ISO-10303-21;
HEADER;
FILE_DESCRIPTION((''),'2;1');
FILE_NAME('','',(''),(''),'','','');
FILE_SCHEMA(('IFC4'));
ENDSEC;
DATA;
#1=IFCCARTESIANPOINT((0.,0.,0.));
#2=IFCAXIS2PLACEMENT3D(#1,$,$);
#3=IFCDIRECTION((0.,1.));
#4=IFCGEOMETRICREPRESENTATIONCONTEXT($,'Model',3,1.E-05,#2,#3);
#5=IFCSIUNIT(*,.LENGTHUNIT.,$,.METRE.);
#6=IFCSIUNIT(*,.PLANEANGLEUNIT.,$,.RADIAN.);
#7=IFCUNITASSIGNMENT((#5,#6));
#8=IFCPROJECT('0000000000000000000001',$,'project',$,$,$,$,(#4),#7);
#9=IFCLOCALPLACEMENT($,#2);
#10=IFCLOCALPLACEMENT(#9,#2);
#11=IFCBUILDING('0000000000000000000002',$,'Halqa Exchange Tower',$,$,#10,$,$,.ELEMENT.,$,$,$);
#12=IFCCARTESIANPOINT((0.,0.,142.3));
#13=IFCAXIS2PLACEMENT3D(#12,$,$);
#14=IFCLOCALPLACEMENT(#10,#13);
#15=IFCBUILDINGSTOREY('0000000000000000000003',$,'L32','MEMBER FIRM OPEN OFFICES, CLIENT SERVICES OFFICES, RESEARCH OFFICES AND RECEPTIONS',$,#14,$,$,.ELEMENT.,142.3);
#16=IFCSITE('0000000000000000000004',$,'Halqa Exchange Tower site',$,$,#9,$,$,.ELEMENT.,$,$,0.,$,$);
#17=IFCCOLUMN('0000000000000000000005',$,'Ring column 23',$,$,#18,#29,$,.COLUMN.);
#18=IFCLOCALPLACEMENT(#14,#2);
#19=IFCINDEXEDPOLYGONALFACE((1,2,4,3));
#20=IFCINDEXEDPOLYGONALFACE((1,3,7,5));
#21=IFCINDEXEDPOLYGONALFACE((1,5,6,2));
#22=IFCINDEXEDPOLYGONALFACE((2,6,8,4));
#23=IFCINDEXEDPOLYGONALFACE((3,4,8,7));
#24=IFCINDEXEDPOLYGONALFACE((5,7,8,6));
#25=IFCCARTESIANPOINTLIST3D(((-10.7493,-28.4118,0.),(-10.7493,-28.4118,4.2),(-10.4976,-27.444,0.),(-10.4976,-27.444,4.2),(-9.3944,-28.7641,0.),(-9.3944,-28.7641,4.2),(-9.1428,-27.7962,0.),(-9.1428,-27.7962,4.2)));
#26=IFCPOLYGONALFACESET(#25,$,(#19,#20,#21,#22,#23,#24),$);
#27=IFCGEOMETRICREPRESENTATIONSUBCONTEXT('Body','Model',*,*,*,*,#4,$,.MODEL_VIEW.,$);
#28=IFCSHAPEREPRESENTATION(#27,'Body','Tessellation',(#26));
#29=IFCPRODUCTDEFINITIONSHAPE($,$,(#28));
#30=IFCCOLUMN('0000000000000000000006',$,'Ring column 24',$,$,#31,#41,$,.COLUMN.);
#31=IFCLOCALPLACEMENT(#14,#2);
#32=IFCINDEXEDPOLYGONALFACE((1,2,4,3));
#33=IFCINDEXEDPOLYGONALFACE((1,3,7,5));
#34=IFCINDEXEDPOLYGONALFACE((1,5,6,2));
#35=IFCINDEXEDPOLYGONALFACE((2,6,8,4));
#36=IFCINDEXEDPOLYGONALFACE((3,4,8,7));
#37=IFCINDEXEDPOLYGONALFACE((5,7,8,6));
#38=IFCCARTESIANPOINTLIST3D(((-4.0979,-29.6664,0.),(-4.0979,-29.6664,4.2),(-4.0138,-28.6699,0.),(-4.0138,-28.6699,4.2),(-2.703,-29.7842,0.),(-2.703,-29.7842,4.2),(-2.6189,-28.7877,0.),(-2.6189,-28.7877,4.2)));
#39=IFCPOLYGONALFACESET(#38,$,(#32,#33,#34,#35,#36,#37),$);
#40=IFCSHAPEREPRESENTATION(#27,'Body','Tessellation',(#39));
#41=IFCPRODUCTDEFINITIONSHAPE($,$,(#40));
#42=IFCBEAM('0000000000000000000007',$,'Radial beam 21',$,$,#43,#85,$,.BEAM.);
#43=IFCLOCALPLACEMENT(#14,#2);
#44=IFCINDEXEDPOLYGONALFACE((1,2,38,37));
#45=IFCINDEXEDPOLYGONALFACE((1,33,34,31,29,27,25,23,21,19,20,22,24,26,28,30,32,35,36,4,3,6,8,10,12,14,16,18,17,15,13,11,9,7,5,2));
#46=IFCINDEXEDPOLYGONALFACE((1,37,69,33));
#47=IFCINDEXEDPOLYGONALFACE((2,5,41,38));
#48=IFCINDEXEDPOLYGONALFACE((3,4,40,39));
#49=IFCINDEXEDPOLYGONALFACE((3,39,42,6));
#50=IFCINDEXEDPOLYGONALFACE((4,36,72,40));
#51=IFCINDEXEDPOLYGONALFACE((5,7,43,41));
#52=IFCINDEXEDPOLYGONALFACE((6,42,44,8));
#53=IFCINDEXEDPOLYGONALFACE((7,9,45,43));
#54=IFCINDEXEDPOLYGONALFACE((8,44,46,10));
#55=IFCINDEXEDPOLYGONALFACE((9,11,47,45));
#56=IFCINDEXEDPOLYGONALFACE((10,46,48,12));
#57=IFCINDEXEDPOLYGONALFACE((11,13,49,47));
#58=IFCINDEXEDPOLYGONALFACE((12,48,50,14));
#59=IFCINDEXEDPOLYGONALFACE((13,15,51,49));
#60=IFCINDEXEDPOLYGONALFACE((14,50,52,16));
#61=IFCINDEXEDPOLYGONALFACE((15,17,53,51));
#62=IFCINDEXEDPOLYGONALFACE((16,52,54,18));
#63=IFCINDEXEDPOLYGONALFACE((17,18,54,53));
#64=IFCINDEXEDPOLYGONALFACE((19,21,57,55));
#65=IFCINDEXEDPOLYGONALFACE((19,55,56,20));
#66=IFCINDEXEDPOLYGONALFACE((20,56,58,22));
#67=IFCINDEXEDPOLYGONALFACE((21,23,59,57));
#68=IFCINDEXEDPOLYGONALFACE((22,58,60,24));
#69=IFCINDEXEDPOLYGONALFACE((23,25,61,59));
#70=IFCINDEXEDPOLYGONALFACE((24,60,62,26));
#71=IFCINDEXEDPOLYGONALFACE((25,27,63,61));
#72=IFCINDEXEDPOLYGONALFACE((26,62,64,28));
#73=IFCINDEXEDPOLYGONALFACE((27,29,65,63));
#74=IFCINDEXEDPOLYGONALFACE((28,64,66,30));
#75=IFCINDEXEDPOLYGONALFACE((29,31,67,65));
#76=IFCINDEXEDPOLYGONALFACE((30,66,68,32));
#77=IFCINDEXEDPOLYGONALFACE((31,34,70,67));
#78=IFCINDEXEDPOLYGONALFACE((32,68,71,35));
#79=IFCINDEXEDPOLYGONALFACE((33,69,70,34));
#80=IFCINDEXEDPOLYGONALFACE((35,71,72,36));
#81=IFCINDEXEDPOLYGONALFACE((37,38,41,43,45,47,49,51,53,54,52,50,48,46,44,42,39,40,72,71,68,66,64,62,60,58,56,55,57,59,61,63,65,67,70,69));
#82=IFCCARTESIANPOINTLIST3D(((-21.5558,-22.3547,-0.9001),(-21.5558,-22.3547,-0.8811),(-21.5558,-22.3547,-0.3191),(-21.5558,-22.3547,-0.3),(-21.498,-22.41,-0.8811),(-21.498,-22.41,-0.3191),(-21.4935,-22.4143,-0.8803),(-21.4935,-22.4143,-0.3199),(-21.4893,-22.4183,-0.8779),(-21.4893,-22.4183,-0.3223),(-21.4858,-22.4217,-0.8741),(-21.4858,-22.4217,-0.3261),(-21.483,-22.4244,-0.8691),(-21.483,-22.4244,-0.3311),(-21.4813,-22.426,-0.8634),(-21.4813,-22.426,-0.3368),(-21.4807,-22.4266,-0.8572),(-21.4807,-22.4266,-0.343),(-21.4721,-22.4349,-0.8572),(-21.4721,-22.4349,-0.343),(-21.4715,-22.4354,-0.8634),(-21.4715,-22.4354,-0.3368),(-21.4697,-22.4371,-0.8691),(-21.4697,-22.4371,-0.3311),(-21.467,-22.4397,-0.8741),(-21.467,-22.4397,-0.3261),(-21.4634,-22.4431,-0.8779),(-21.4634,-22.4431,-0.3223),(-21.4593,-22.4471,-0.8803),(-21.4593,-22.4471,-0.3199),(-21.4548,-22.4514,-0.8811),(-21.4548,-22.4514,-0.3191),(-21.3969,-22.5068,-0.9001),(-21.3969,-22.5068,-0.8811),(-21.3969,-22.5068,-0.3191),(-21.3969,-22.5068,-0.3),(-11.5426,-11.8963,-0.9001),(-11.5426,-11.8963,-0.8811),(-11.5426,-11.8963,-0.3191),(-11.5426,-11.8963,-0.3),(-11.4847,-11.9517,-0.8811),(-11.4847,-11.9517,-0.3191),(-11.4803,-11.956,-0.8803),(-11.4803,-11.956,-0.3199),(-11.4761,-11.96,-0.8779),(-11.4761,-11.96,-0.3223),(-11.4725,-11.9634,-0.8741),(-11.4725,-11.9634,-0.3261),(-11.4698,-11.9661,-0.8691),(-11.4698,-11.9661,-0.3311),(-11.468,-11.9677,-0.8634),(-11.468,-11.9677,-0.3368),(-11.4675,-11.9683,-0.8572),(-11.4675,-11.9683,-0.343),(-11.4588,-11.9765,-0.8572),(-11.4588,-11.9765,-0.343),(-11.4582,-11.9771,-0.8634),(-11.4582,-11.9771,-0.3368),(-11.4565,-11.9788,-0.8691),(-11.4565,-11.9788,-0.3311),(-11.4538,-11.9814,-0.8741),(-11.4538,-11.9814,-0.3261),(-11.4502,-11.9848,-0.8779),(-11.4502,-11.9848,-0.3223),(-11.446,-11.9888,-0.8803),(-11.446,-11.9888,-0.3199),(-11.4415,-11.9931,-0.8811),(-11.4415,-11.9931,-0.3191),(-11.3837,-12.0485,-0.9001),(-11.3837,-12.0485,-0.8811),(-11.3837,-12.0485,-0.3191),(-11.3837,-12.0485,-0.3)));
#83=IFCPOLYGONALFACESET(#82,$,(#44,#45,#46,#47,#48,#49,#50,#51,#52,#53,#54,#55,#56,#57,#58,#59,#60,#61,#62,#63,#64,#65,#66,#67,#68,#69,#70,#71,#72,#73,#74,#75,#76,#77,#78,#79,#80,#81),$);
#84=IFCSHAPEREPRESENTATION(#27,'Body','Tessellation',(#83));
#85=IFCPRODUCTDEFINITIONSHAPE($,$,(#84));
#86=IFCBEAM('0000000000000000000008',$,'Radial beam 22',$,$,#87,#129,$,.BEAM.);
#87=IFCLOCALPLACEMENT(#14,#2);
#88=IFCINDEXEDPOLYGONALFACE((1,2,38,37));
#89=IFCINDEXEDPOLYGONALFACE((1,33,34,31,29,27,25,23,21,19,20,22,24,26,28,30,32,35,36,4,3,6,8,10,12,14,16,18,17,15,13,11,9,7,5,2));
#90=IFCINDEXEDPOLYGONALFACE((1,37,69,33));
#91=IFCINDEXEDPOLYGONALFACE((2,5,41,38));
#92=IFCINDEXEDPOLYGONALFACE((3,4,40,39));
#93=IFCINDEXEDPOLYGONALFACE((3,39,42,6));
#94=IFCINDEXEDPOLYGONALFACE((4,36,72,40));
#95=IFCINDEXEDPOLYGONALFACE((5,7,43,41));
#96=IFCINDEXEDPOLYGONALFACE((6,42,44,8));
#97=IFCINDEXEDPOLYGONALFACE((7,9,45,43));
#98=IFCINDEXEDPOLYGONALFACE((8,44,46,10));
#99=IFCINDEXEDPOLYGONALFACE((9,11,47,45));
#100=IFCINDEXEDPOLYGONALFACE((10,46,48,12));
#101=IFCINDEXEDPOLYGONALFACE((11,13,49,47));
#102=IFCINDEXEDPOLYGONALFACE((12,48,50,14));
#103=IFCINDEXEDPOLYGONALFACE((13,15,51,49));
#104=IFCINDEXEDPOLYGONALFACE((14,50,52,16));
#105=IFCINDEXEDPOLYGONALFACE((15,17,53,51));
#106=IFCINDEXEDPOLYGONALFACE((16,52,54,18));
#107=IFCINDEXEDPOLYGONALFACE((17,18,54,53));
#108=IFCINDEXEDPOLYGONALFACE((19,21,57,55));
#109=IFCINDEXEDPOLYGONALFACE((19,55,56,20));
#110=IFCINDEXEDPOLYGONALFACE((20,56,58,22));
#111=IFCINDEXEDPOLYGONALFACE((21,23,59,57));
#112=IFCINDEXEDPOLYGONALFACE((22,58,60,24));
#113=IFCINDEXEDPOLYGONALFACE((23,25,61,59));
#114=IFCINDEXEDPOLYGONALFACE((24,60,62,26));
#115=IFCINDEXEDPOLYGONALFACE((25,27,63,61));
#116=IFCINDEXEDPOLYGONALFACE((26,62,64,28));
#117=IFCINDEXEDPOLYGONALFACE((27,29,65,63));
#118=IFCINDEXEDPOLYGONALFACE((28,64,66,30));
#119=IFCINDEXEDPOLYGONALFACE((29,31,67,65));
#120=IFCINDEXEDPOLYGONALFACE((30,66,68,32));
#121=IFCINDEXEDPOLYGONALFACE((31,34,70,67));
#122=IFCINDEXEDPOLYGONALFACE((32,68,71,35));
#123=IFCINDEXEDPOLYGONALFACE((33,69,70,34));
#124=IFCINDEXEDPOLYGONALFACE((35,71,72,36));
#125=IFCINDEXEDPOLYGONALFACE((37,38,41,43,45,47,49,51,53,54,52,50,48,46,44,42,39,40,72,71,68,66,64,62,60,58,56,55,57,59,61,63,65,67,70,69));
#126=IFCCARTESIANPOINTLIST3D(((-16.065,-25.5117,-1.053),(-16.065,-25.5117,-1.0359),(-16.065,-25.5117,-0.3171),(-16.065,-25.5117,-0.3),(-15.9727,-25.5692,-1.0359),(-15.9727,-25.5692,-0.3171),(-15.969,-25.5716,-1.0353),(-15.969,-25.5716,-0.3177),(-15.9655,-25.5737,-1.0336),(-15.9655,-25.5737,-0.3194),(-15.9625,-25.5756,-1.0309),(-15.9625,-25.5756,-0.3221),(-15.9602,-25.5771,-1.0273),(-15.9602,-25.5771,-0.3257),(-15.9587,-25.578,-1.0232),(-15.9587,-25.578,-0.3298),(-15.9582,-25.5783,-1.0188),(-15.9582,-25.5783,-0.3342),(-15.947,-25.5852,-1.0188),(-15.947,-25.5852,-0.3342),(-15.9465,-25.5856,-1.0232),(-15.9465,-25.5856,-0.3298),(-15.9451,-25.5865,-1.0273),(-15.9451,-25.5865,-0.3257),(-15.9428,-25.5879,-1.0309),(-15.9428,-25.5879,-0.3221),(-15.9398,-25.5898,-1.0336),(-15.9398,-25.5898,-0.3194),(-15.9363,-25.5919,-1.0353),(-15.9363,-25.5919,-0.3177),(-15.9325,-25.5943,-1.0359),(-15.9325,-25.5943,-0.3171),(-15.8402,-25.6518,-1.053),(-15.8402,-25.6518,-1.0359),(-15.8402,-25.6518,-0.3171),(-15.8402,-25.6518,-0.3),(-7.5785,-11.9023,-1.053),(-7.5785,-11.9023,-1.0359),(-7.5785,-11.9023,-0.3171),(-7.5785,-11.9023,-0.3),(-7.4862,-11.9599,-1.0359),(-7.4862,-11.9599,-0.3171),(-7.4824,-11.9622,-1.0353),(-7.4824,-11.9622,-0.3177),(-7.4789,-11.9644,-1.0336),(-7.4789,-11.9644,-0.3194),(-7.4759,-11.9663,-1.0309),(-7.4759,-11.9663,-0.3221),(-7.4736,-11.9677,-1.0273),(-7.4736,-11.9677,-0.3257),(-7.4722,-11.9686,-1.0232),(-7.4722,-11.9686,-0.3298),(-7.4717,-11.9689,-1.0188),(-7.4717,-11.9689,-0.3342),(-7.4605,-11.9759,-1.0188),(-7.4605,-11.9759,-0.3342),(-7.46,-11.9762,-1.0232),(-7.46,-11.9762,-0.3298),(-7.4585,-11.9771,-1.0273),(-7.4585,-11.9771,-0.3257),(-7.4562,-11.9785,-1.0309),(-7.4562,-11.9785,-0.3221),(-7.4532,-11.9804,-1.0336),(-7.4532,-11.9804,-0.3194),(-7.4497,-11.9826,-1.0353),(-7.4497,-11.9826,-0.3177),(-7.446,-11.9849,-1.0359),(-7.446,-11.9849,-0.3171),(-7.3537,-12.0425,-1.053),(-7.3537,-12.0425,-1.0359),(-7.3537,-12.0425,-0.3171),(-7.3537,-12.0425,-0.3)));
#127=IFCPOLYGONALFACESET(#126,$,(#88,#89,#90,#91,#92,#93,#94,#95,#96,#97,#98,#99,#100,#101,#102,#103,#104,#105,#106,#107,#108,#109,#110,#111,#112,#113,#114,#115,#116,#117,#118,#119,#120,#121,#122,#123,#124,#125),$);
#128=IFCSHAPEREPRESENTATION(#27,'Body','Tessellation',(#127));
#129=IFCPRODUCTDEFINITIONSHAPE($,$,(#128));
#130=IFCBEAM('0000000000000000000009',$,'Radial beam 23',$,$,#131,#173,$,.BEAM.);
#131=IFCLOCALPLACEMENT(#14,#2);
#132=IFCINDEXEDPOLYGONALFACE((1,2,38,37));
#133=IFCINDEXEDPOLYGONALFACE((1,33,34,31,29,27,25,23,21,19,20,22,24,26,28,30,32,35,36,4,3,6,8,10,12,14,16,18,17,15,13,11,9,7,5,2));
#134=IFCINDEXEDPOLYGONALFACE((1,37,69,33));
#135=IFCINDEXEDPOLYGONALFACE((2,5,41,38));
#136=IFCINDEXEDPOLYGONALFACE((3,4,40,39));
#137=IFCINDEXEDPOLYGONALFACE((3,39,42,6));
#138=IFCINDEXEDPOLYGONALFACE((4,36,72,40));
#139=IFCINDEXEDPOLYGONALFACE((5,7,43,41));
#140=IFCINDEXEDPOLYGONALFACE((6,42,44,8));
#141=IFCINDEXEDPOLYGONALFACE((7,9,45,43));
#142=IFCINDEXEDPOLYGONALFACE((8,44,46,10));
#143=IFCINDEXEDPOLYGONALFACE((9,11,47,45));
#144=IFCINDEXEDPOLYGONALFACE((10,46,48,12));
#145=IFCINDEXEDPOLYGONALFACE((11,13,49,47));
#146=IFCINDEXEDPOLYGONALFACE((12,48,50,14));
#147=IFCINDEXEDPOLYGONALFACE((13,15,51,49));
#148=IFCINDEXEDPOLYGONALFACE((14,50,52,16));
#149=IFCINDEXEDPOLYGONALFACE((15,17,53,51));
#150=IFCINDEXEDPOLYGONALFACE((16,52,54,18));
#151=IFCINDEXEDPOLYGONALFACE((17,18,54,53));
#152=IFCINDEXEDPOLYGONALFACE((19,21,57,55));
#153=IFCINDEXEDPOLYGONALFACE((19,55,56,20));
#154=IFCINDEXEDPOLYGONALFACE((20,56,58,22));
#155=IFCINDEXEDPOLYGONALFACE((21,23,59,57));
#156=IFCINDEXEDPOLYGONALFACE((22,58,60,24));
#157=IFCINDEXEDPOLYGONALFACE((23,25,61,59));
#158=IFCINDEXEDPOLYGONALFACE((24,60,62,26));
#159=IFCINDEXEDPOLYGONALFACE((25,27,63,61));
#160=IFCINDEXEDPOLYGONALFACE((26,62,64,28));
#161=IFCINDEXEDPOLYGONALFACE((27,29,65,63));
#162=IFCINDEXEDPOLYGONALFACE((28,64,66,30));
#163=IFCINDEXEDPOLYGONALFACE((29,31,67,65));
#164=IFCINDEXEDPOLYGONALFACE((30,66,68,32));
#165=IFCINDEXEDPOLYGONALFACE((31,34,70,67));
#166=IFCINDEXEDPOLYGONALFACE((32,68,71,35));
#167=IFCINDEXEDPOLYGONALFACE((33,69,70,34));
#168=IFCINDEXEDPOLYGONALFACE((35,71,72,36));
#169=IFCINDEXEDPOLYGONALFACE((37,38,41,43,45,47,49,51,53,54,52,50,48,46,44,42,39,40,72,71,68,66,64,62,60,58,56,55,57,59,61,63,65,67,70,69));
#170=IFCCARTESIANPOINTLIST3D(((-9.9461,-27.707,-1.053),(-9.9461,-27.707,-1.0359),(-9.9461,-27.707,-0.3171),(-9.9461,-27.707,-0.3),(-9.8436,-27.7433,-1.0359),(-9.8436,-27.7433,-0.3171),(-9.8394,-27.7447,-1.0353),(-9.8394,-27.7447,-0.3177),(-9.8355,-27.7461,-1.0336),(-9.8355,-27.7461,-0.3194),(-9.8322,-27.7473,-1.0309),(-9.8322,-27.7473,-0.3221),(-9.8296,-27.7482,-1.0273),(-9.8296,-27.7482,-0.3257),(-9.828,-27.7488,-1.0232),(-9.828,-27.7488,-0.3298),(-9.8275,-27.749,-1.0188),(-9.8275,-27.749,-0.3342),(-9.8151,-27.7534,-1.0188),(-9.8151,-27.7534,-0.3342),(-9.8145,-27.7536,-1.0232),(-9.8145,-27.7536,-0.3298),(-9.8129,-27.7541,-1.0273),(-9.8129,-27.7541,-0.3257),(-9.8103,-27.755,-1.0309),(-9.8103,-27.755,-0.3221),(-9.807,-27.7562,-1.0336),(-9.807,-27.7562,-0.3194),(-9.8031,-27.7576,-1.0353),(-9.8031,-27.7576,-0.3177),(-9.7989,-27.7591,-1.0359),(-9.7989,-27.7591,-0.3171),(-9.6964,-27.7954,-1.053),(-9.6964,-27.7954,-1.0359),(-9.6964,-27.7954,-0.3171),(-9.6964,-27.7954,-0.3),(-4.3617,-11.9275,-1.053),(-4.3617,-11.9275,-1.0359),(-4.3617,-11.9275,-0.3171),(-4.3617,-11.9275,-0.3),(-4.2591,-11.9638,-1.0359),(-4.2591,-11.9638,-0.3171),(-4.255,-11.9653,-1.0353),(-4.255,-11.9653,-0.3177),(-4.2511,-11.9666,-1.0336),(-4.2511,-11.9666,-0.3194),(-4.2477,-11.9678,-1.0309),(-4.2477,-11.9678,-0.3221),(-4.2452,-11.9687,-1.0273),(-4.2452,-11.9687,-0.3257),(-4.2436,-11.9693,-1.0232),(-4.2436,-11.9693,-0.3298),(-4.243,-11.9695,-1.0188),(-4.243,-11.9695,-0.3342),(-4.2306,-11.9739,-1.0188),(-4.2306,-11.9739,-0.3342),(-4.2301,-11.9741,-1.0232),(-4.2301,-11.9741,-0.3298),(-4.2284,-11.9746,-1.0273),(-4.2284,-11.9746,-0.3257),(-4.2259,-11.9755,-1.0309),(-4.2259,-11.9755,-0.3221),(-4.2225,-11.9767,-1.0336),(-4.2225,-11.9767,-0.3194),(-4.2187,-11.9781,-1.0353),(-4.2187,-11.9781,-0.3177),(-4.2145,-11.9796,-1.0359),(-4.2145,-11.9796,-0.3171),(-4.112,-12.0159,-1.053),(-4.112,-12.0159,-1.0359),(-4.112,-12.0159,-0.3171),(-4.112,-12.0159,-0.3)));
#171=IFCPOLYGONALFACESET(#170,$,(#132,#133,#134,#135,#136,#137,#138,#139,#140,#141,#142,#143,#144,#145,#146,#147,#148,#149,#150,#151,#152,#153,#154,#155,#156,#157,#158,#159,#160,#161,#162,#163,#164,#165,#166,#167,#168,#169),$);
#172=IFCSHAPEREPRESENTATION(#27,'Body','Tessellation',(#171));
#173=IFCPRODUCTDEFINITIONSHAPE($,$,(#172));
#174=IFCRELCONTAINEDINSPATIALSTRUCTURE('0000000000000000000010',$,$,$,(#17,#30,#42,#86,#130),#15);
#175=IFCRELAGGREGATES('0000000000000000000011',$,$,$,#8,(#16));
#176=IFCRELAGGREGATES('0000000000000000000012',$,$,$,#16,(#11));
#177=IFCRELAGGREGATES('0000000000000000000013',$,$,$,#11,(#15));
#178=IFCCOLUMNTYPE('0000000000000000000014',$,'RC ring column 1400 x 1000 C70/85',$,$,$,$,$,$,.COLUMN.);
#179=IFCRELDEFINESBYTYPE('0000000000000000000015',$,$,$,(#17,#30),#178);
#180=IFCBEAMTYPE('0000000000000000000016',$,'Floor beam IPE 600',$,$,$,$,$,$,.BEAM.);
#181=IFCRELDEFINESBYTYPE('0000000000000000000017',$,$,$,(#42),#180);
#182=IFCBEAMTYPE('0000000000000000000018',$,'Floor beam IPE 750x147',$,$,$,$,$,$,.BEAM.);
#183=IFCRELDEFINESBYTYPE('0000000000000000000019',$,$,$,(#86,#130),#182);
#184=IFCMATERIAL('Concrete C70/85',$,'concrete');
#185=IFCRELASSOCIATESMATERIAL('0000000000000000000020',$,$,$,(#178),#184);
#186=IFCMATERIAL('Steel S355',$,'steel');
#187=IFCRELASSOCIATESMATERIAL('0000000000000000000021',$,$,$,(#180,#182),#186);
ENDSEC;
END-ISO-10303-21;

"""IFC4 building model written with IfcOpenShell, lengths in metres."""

from ifc_helpers import new_model, si_unit, direction, frame, origin, origin_2d, place, context, subcontext, project, spatial, rectangle, i_section, extrude, material, material_profile, profile_set, type_object, element, save


model = new_model("IFC4")

# Units and contexts
model_context = context("Model", 3, precision=1e-05, world=origin(), true_north=direction((0.0, 1.0)))
body_context = subcontext(model_context, "Body", "Model", "MODEL_VIEW")
ifc_project = project(units=[si_unit("LENGTHUNIT", "METRE"), si_unit("PLANEANGLEUNIT", "RADIAN")], contexts=[model_context])

# Site, building, storey
site_placement = place(None, origin())
site = spatial("IfcSite", under=ifc_project, at=site_placement, Name="Halqa Exchange Tower site", CompositionType="ELEMENT", RefElevation=0.0)
building_placement = place(site_placement, origin())
building = spatial("IfcBuilding", under=site, at=building_placement, Name="Halqa Exchange Tower", CompositionType="ELEMENT")
storey_placement = place(building_placement, frame((0.0, 0.0, 142.3)))
storey = spatial("IfcBuildingStorey", under=building, at=storey_placement, Name="L32", Description="MEMBER FIRM OPEN OFFICES, CLIENT SERVICES OFFICES, RESEARCH OFFICES AND RECEPTIONS", CompositionType="ELEMENT", Elevation=142.3)

# Columns
ifc_material_1 = material(Name="Concrete C70/85", Category="concrete")
ifc_material_profile_1 = material_profile(ifc_material_1, rectangle(XDim=1.3999, YDim=1.0, at=origin_2d()), Name="1400 x 1000")
ifc_profile_set_1 = profile_set([ifc_material_profile_1], Name="Concrete C70/85")
column_type = type_object("IfcColumnType", Name="RC ring column 1400 x 1000 C70/85", PredefinedType="COLUMN", material=ifc_profile_set_1)
for number, where, z_axis, x_axis, name in (
    (1, (-9.946, -28.104, 0.0), (0.0, 0.0, 1.0), (0.96782, -0.251645, 0.0), "Ring column 23"),
    (2, (-3.3584, -29.2271, 0.0), (0.0, 0.0, 1.0), (0.996455, -0.084123, 0.0), "Ring column 24"),
):
    element("IfcColumn", number, at=place(storey_placement, frame(where, z_axis=z_axis, x_axis=x_axis)), inside=storey, type_object=column_type, Name=name, PredefinedType="COLUMN", context=body_context, shape_type="SweptSolid", body=[
        extrude(rectangle(XDim=1.3999, YDim=1.0, at=origin_2d()), origin(), (0.0, 0.0, 1.0), 4.2),
    ])

# Beams
ifc_material_2 = material(Name="Steel S355", Category="steel")
ifc_material_profile_2 = material_profile(ifc_material_2, i_section(OverallWidth=0.22, OverallDepth=0.6001, WebThickness=0.012, FlangeThickness=0.019, FilletRadius=0.0239, at=origin_2d()), Name="IPE 600")
ifc_profile_set_2 = profile_set([ifc_material_profile_2], Name="Steel S355")
beam_type_1 = type_object("IfcBeamType", Name="Floor beam IPE 600", PredefinedType="BEAM", material=ifc_profile_set_2)
beam_1_placement = place(storey_placement, frame((-11.4631, -11.9724, -0.6001), z_axis=(-0.69157, -0.722309, 0.0), x_axis=(0.722309, -0.69157, 0.0)))
element("IfcBeam", 3, at=beam_1_placement, inside=storey, type_object=beam_type_1, Name="Radial beam 21", PredefinedType="BEAM", context=body_context, shape_type="SweptSolid", body=[
    extrude(i_section(OverallWidth=0.22, OverallDepth=0.6001, WebThickness=0.012, FlangeThickness=0.019, FilletRadius=0.0239, at=origin_2d()), origin(), (0.0, 0.0, 1.0), 14.479),
])
ifc_material_profile_3 = material_profile(ifc_material_2, i_section(OverallWidth=0.2649, OverallDepth=0.7529, WebThickness=0.0132, FlangeThickness=0.0171, FilletRadius=0.0171, at=origin_2d()), Name="IPE 750x147")
ifc_profile_set_3 = profile_set([ifc_material_profile_3], Name="Steel S355")
beam_type_2 = type_object("IfcBeamType", Name="Floor beam IPE 750x147", PredefinedType="BEAM", material=ifc_profile_set_3)
beam_2_placement = place(storey_placement, frame((-7.4661, -11.9724, -0.6765), z_axis=(-0.529134, -0.848538, 0.0), x_axis=(0.848538, -0.529134, 0.0)))
element("IfcBeam", 4, at=beam_2_placement, inside=storey, type_object=beam_type_2, Name="Radial beam 22", PredefinedType="BEAM", context=body_context, shape_type="SweptSolid", body=[
    extrude(i_section(OverallWidth=0.2649, OverallDepth=0.7529, WebThickness=0.0132, FlangeThickness=0.0171, FilletRadius=0.0171, at=origin_2d()), origin(), (0.0, 0.0, 1.0), 16.0386),
])
beam_3_placement = place(storey_placement, frame((-4.2368, -11.9717, -0.6765), z_axis=(-0.333629, -0.942705, 0.0), x_axis=(0.942705, -0.333629, 0.0)))
element("IfcBeam", 5, at=beam_3_placement, inside=storey, type_object=beam_type_2, Name="Radial beam 23", PredefinedType="BEAM", context=body_context, shape_type="SweptSolid", body=[
    extrude(i_section(OverallWidth=0.2649, OverallDepth=0.7529, WebThickness=0.0132, FlangeThickness=0.0171, FilletRadius=0.0171, at=origin_2d()), origin(), (0.0, 0.0, 1.0), 16.7385),
])

save(model, "model.ifc")
